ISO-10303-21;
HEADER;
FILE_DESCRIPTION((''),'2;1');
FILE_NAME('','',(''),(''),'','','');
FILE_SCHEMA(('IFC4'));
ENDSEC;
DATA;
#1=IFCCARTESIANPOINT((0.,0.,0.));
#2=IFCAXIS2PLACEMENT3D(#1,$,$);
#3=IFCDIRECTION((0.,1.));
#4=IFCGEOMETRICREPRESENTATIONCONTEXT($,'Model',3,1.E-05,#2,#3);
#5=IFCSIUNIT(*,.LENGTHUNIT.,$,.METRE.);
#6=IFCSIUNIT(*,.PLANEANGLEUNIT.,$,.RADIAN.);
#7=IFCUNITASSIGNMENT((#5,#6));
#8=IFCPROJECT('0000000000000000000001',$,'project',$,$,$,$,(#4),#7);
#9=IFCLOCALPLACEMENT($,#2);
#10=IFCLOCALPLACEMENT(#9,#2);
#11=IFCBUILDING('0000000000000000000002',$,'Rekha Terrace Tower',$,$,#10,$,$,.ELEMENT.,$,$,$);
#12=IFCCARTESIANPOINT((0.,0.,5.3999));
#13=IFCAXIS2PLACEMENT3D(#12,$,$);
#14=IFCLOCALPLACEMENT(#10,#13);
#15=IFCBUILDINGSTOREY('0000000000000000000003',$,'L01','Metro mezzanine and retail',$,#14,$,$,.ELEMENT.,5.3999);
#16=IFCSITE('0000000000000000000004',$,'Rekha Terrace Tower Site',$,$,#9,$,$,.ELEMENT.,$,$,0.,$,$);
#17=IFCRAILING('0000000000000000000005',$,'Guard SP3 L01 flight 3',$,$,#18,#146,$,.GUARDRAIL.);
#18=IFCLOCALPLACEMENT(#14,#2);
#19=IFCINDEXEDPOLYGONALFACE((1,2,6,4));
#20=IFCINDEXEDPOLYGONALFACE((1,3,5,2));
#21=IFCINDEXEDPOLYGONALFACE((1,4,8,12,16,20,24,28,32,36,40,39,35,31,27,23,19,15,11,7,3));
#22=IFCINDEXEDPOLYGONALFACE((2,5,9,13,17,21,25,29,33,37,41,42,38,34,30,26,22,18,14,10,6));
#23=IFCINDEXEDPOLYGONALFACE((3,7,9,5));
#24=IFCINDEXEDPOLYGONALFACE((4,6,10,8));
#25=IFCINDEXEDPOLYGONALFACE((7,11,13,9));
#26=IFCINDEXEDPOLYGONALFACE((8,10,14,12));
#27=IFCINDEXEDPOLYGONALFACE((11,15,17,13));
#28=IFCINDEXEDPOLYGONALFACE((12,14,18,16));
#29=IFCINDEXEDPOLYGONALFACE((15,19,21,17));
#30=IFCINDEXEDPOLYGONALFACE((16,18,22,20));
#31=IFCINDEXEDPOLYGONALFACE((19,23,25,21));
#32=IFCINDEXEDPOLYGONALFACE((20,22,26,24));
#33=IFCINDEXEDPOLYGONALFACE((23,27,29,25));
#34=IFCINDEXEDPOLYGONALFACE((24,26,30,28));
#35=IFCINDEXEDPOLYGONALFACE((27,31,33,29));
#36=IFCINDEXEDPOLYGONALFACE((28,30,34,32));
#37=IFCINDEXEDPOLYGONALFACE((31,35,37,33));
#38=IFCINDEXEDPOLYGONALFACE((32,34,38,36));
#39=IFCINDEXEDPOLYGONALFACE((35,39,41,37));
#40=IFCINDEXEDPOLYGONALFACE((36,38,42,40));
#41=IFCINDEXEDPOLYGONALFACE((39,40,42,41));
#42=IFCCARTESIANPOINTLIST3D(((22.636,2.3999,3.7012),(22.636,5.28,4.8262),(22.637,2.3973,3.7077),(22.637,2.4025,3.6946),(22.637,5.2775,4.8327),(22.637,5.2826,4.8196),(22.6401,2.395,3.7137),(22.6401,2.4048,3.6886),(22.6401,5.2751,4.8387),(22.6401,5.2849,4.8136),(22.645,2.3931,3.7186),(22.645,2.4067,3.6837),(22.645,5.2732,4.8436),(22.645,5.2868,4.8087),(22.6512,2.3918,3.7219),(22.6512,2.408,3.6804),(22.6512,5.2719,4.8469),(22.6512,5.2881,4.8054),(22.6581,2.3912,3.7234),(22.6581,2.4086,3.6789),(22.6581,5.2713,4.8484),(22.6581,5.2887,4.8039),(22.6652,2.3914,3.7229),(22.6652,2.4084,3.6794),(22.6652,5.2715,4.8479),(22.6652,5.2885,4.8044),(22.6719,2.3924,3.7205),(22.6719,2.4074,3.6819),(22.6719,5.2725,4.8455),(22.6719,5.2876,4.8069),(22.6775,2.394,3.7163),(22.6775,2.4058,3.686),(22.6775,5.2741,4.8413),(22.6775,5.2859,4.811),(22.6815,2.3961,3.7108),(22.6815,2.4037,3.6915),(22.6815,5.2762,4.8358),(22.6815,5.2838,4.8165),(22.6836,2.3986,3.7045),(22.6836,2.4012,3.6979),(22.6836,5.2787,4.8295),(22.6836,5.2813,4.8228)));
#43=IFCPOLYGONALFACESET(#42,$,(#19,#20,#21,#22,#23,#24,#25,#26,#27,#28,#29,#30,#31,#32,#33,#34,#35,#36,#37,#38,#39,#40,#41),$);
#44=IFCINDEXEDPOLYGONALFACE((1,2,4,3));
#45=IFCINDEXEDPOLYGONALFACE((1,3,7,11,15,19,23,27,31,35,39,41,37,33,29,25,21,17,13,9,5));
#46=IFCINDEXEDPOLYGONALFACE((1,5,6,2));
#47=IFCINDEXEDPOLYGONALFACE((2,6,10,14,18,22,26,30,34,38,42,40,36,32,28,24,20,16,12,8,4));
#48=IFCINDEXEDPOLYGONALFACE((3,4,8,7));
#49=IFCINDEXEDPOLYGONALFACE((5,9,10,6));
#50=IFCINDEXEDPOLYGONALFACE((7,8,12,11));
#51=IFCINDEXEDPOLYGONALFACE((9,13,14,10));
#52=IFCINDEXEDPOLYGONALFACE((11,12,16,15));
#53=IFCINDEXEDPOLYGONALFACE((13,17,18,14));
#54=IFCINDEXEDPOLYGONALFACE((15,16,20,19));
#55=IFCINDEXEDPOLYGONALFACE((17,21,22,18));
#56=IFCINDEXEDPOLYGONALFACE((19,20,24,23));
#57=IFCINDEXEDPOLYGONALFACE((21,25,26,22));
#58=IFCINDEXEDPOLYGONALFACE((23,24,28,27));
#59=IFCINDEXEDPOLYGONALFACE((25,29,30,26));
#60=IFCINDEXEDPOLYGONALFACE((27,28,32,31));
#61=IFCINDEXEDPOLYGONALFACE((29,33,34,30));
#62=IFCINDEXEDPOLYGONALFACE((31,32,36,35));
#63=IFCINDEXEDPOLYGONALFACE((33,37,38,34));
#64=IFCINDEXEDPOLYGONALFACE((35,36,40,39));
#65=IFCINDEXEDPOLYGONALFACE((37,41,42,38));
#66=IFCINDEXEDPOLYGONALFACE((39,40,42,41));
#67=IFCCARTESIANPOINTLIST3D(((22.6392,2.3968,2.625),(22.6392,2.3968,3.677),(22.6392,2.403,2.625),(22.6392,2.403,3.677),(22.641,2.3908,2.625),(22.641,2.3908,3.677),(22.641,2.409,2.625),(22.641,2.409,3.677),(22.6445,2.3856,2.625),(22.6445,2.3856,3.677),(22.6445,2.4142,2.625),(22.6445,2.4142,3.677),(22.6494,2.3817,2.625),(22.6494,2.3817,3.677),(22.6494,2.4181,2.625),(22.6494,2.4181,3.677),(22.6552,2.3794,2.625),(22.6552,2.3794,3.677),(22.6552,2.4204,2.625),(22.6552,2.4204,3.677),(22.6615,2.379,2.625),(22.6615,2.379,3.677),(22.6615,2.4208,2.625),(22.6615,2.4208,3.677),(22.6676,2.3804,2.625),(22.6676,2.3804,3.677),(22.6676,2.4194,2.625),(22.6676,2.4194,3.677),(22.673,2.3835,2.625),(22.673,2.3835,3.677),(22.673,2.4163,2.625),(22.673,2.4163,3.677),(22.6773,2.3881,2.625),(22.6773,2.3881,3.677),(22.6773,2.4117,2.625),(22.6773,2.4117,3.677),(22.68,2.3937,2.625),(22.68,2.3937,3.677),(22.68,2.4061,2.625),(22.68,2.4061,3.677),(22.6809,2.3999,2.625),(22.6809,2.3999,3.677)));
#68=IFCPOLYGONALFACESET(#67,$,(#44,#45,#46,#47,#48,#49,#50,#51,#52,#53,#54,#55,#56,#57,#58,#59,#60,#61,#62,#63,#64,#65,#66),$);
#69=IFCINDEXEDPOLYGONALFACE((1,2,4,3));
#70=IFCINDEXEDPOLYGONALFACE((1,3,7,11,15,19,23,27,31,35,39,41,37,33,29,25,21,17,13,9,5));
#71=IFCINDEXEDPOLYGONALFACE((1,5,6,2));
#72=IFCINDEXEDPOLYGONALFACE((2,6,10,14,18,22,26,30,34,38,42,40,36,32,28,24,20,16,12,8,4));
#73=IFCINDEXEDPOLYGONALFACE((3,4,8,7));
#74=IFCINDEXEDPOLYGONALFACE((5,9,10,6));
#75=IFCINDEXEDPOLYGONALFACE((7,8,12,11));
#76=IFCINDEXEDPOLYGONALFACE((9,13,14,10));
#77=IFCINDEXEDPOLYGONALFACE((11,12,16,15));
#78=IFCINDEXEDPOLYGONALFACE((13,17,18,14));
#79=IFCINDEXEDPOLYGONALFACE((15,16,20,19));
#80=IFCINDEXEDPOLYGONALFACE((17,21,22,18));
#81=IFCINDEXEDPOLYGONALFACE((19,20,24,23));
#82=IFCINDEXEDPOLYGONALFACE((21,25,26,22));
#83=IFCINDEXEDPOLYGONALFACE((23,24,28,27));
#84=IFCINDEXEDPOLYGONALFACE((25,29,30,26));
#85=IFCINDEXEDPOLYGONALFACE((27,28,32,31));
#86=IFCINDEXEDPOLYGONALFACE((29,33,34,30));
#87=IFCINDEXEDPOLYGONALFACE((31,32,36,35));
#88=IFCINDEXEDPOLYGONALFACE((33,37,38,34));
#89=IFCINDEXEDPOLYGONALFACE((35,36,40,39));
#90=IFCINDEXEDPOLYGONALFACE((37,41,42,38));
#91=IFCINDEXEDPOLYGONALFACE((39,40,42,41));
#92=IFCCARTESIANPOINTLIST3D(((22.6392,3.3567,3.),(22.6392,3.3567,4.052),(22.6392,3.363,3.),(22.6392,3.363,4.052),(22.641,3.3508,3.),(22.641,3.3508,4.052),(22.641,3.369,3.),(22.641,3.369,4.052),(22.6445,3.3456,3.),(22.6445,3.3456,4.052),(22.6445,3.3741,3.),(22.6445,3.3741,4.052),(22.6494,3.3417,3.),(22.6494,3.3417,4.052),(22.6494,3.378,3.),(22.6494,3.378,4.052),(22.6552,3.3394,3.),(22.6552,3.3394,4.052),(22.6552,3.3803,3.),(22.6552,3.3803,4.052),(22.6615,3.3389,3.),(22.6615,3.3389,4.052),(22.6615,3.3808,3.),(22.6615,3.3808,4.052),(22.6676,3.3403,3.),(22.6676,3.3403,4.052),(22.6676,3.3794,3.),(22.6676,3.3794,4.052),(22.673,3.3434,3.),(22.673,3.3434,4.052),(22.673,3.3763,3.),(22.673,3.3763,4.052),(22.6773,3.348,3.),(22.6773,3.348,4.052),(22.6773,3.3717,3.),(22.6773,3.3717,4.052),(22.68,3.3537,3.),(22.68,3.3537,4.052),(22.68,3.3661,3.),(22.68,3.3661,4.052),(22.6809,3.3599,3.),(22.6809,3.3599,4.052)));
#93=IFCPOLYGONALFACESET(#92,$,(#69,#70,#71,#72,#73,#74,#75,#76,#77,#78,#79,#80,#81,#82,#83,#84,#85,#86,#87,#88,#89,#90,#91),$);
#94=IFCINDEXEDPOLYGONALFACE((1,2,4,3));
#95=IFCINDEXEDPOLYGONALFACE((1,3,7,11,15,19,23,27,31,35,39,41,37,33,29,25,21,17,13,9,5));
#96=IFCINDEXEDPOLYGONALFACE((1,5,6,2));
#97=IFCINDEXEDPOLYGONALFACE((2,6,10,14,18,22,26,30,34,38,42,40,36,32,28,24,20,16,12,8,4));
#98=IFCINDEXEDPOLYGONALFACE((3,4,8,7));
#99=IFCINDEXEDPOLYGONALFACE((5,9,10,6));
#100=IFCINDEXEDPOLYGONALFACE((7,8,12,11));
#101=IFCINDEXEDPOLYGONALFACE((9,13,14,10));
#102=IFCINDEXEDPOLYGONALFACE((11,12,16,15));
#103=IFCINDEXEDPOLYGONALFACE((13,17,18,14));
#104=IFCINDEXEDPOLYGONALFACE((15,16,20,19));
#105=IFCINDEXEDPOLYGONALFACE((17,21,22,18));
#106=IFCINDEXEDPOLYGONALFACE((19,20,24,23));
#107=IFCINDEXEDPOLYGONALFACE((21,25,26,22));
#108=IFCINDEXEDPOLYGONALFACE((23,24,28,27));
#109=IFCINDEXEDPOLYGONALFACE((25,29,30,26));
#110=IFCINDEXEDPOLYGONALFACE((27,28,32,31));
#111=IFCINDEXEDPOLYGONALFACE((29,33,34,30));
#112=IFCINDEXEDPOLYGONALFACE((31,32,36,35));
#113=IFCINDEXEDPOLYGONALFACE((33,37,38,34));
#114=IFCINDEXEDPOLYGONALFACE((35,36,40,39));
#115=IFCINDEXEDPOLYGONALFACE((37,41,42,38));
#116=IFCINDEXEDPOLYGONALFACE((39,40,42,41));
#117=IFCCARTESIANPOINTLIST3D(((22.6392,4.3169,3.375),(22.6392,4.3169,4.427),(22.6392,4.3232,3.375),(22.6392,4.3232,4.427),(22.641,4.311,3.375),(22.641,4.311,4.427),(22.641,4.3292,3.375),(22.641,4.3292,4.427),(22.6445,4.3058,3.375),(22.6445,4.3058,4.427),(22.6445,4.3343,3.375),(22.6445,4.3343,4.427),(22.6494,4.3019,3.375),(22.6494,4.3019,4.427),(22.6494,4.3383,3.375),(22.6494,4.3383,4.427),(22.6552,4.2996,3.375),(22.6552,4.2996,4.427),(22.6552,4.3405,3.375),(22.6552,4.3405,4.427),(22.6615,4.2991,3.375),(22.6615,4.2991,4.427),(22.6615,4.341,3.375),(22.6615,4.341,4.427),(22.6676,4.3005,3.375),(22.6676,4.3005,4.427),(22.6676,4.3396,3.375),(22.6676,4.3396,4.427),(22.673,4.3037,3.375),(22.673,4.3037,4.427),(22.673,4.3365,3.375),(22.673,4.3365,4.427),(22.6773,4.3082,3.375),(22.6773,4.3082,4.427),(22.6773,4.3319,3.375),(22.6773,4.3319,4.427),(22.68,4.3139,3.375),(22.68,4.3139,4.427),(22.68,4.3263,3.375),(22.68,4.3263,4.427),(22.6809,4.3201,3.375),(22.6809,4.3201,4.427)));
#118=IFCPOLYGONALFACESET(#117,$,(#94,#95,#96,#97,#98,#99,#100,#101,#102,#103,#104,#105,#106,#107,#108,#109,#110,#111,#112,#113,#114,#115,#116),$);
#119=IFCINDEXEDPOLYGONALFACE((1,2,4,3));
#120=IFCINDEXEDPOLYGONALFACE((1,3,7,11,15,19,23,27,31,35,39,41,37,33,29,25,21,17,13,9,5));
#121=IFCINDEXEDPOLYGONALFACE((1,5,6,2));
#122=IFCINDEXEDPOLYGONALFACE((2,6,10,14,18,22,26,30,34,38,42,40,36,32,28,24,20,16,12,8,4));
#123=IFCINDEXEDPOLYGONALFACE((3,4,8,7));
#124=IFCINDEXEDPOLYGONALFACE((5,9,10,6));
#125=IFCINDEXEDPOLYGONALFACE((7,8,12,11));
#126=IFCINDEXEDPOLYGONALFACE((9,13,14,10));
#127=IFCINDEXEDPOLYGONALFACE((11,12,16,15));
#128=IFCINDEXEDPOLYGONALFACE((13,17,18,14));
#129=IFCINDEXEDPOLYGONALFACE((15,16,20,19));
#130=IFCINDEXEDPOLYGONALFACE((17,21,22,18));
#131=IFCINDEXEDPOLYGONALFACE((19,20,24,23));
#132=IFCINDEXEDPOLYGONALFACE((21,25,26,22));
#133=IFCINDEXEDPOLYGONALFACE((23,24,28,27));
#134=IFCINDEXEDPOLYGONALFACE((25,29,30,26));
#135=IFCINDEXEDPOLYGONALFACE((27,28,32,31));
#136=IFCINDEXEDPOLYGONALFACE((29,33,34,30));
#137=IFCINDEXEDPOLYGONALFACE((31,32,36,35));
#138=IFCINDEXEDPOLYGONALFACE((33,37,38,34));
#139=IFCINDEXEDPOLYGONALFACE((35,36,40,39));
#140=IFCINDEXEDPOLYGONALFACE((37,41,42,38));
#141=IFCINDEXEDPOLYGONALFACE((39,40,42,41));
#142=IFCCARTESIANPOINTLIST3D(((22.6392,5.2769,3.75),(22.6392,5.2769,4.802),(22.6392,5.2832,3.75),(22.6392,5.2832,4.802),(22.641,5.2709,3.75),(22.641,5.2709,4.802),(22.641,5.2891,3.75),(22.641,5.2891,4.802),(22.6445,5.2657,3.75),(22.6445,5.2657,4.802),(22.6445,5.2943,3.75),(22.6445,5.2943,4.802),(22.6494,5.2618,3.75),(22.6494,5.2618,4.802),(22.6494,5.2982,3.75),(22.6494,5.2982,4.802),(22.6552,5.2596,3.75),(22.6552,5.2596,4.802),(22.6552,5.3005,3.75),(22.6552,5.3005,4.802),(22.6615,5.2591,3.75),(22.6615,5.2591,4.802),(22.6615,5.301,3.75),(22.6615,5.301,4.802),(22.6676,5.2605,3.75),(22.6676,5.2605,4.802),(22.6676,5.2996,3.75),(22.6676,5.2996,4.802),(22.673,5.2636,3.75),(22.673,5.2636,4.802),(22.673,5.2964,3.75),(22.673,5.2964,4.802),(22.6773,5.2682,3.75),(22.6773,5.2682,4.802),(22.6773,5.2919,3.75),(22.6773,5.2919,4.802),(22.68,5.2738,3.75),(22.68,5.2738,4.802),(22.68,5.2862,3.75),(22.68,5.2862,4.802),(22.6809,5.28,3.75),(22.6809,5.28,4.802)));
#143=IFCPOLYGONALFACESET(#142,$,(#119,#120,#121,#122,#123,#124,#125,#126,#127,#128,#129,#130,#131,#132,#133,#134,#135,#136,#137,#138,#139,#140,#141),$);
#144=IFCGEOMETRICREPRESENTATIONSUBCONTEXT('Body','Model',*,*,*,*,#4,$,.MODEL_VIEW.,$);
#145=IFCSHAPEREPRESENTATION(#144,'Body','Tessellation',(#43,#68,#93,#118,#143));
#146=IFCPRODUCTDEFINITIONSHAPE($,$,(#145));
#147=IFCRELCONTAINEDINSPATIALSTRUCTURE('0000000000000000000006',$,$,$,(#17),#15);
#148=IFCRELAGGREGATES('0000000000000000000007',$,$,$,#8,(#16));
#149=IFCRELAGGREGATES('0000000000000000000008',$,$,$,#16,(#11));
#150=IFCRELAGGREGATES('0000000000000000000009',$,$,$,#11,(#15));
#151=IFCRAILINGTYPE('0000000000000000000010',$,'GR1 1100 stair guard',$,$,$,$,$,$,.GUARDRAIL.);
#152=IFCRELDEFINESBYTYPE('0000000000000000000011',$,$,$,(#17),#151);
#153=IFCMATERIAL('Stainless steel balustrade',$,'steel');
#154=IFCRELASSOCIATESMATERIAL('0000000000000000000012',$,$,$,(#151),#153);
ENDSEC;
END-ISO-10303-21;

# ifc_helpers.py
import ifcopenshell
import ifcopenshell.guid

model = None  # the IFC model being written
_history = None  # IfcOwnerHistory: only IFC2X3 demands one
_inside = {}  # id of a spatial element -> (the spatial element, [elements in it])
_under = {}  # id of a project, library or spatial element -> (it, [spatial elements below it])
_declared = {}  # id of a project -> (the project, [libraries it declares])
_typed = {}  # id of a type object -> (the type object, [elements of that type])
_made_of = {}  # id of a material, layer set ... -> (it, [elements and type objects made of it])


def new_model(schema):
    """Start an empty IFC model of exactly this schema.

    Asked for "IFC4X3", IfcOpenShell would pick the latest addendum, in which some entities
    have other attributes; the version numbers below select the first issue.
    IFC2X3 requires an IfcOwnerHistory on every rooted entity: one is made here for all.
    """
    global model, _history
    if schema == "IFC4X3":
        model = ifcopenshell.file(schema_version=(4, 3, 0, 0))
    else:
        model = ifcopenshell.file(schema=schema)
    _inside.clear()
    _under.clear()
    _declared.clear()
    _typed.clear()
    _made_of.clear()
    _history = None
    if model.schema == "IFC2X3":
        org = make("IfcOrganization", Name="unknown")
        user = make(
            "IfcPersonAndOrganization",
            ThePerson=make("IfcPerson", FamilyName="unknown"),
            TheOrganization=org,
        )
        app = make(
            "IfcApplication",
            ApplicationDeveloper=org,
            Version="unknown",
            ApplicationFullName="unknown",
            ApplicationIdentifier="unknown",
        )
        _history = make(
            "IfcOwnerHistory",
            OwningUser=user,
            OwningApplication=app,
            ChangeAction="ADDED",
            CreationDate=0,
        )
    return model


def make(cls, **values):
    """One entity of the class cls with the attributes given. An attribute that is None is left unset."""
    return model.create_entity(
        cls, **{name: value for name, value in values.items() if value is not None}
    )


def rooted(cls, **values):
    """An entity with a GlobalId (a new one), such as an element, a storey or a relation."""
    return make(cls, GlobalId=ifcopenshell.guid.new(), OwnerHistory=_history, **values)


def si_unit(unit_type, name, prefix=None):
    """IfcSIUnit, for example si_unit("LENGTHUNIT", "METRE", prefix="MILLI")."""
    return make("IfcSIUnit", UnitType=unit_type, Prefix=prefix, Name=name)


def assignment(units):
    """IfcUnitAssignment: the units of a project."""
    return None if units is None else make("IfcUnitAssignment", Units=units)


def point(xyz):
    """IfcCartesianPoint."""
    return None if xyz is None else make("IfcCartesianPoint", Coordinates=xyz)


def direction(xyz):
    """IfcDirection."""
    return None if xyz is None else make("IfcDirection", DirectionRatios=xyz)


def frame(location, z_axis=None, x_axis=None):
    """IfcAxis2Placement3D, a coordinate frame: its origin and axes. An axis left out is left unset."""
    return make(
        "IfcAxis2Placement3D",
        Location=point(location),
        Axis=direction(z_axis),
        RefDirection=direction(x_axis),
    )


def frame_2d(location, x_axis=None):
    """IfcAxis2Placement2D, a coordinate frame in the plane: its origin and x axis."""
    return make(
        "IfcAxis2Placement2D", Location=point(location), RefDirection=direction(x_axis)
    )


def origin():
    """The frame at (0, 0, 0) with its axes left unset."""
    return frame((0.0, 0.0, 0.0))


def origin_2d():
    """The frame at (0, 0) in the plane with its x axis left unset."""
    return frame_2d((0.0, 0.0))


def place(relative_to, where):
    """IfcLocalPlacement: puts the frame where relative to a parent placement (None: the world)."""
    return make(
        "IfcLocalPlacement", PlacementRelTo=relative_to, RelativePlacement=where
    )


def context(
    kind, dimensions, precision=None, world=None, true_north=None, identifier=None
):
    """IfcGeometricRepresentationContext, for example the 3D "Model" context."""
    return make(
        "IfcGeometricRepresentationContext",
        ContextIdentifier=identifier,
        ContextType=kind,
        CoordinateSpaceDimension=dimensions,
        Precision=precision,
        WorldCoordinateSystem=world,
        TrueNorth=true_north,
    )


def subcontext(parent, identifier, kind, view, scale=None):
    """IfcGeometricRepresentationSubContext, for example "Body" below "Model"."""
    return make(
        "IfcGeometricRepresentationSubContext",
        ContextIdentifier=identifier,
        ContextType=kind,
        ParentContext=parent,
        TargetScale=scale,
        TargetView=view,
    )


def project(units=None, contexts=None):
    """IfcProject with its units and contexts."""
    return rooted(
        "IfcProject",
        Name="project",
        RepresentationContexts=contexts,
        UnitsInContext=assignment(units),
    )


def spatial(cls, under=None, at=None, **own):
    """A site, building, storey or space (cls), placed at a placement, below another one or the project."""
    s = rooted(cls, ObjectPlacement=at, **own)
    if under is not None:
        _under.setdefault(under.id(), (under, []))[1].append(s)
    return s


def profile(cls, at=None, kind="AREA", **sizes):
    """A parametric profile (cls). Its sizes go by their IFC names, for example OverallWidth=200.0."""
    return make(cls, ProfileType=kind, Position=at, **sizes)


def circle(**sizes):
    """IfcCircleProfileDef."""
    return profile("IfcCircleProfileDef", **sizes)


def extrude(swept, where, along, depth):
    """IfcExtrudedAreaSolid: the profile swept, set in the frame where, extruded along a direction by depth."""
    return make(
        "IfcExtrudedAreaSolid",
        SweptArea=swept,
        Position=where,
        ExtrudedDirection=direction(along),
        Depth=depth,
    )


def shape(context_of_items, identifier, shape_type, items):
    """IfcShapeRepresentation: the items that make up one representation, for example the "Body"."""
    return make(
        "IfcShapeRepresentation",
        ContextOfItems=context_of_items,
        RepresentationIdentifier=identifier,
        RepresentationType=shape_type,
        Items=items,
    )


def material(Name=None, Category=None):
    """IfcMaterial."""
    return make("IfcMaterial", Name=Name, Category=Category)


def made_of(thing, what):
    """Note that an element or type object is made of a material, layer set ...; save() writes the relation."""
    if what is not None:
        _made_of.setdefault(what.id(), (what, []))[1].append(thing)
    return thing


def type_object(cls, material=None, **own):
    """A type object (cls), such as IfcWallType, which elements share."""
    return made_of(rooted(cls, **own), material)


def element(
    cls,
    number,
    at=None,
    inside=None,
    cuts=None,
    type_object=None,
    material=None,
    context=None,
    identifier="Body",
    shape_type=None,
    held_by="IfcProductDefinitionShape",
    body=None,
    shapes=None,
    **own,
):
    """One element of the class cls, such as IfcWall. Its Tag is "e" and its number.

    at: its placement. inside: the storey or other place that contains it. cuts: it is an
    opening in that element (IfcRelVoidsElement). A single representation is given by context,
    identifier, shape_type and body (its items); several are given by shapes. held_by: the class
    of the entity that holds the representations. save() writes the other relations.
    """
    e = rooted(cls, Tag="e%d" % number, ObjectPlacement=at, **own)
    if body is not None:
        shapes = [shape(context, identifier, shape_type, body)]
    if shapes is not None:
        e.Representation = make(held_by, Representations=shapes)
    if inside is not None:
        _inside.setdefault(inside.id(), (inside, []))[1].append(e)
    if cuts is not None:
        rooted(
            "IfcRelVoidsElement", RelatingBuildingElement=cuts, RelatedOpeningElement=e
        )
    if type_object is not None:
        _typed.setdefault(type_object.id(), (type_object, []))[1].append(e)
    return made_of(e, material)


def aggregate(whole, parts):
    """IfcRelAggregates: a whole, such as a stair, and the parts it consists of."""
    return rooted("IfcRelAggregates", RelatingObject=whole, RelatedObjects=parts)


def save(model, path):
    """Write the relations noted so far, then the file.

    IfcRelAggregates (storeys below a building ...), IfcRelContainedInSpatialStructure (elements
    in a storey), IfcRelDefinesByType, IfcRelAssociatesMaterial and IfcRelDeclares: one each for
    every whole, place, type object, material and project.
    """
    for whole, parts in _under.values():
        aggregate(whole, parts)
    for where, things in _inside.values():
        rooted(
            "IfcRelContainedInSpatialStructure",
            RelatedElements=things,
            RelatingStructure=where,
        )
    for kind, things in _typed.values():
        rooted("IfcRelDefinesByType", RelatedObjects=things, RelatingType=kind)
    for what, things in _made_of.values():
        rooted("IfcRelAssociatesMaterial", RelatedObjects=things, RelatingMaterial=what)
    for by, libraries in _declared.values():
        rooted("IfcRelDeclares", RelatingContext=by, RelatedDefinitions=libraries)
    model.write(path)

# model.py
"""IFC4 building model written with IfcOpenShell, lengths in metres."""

from ifc_helpers import new_model, si_unit, direction, frame, origin, origin_2d, place, context, subcontext, project, spatial, circle, extrude, material, type_object, element, save


model = new_model("IFC4")

# Units and contexts
model_context = context("Model", 3, precision=1e-05, world=origin(), true_north=direction((0.0, 1.0)))
body_context = subcontext(model_context, "Body", "Model", "MODEL_VIEW")
ifc_project = project(units=[si_unit("LENGTHUNIT", "METRE"), si_unit("PLANEANGLEUNIT", "RADIAN")], contexts=[model_context])

# Site, building, storey
site_placement = place(None, origin())
site = spatial("IfcSite", under=ifc_project, at=site_placement, Name="Rekha Terrace Tower Site", CompositionType="ELEMENT", RefElevation=0.0)
building_placement = place(site_placement, origin())
building = spatial("IfcBuilding", under=site, at=building_placement, Name="Rekha Terrace Tower", CompositionType="ELEMENT")
storey_placement = place(building_placement, frame((0.0, 0.0, 5.3999)))
storey = spatial("IfcBuildingStorey", under=building, at=storey_placement, Name="L01", Description="Metro mezzanine and retail", CompositionType="ELEMENT", Elevation=5.3999)

# Railing
ifc_material_1 = material(Name="Stainless steel balustrade", Category="steel")
railing_type_1 = type_object("IfcRailingType", Name="GR1 1100 stair guard", PredefinedType="GUARDRAIL", material=ifc_material_1)
railing_1_placement = place(storey_placement, frame((22.6599, 2.3999, 2.625)))
element("IfcRailing", 1, at=railing_1_placement, inside=storey, type_object=railing_type_1, Name="Guard SP3 L01 flight 3", PredefinedType="GUARDRAIL", context=body_context, shape_type="SweptSolid", body=[
    extrude(circle(Radius=0.0239, at=origin_2d()), frame((0.0, 0.0, 1.0762), z_axis=(0.0, 0.931463, 0.363837), x_axis=(-1.0, 0.0, 0.0)), (0.0, 0.0, 1.0), 3.092),
    extrude(circle(Radius=0.021, at=origin_2d()), origin(), (0.0, 0.0, 1.0), 1.052),
    extrude(circle(Radius=0.021, at=origin_2d()), frame((0.0, 0.96, 0.375)), (0.0, 0.0, 1.0), 1.052),
    extrude(circle(Radius=0.021, at=origin_2d()), frame((0.0, 1.9202, 0.75)), (0.0, 0.0, 1.0), 1.052),
    extrude(circle(Radius=0.021, at=origin_2d()), frame((0.0, 2.8801, 1.125)), (0.0, 0.0, 1.0), 1.052),
])

save(model, "model.ifc")
